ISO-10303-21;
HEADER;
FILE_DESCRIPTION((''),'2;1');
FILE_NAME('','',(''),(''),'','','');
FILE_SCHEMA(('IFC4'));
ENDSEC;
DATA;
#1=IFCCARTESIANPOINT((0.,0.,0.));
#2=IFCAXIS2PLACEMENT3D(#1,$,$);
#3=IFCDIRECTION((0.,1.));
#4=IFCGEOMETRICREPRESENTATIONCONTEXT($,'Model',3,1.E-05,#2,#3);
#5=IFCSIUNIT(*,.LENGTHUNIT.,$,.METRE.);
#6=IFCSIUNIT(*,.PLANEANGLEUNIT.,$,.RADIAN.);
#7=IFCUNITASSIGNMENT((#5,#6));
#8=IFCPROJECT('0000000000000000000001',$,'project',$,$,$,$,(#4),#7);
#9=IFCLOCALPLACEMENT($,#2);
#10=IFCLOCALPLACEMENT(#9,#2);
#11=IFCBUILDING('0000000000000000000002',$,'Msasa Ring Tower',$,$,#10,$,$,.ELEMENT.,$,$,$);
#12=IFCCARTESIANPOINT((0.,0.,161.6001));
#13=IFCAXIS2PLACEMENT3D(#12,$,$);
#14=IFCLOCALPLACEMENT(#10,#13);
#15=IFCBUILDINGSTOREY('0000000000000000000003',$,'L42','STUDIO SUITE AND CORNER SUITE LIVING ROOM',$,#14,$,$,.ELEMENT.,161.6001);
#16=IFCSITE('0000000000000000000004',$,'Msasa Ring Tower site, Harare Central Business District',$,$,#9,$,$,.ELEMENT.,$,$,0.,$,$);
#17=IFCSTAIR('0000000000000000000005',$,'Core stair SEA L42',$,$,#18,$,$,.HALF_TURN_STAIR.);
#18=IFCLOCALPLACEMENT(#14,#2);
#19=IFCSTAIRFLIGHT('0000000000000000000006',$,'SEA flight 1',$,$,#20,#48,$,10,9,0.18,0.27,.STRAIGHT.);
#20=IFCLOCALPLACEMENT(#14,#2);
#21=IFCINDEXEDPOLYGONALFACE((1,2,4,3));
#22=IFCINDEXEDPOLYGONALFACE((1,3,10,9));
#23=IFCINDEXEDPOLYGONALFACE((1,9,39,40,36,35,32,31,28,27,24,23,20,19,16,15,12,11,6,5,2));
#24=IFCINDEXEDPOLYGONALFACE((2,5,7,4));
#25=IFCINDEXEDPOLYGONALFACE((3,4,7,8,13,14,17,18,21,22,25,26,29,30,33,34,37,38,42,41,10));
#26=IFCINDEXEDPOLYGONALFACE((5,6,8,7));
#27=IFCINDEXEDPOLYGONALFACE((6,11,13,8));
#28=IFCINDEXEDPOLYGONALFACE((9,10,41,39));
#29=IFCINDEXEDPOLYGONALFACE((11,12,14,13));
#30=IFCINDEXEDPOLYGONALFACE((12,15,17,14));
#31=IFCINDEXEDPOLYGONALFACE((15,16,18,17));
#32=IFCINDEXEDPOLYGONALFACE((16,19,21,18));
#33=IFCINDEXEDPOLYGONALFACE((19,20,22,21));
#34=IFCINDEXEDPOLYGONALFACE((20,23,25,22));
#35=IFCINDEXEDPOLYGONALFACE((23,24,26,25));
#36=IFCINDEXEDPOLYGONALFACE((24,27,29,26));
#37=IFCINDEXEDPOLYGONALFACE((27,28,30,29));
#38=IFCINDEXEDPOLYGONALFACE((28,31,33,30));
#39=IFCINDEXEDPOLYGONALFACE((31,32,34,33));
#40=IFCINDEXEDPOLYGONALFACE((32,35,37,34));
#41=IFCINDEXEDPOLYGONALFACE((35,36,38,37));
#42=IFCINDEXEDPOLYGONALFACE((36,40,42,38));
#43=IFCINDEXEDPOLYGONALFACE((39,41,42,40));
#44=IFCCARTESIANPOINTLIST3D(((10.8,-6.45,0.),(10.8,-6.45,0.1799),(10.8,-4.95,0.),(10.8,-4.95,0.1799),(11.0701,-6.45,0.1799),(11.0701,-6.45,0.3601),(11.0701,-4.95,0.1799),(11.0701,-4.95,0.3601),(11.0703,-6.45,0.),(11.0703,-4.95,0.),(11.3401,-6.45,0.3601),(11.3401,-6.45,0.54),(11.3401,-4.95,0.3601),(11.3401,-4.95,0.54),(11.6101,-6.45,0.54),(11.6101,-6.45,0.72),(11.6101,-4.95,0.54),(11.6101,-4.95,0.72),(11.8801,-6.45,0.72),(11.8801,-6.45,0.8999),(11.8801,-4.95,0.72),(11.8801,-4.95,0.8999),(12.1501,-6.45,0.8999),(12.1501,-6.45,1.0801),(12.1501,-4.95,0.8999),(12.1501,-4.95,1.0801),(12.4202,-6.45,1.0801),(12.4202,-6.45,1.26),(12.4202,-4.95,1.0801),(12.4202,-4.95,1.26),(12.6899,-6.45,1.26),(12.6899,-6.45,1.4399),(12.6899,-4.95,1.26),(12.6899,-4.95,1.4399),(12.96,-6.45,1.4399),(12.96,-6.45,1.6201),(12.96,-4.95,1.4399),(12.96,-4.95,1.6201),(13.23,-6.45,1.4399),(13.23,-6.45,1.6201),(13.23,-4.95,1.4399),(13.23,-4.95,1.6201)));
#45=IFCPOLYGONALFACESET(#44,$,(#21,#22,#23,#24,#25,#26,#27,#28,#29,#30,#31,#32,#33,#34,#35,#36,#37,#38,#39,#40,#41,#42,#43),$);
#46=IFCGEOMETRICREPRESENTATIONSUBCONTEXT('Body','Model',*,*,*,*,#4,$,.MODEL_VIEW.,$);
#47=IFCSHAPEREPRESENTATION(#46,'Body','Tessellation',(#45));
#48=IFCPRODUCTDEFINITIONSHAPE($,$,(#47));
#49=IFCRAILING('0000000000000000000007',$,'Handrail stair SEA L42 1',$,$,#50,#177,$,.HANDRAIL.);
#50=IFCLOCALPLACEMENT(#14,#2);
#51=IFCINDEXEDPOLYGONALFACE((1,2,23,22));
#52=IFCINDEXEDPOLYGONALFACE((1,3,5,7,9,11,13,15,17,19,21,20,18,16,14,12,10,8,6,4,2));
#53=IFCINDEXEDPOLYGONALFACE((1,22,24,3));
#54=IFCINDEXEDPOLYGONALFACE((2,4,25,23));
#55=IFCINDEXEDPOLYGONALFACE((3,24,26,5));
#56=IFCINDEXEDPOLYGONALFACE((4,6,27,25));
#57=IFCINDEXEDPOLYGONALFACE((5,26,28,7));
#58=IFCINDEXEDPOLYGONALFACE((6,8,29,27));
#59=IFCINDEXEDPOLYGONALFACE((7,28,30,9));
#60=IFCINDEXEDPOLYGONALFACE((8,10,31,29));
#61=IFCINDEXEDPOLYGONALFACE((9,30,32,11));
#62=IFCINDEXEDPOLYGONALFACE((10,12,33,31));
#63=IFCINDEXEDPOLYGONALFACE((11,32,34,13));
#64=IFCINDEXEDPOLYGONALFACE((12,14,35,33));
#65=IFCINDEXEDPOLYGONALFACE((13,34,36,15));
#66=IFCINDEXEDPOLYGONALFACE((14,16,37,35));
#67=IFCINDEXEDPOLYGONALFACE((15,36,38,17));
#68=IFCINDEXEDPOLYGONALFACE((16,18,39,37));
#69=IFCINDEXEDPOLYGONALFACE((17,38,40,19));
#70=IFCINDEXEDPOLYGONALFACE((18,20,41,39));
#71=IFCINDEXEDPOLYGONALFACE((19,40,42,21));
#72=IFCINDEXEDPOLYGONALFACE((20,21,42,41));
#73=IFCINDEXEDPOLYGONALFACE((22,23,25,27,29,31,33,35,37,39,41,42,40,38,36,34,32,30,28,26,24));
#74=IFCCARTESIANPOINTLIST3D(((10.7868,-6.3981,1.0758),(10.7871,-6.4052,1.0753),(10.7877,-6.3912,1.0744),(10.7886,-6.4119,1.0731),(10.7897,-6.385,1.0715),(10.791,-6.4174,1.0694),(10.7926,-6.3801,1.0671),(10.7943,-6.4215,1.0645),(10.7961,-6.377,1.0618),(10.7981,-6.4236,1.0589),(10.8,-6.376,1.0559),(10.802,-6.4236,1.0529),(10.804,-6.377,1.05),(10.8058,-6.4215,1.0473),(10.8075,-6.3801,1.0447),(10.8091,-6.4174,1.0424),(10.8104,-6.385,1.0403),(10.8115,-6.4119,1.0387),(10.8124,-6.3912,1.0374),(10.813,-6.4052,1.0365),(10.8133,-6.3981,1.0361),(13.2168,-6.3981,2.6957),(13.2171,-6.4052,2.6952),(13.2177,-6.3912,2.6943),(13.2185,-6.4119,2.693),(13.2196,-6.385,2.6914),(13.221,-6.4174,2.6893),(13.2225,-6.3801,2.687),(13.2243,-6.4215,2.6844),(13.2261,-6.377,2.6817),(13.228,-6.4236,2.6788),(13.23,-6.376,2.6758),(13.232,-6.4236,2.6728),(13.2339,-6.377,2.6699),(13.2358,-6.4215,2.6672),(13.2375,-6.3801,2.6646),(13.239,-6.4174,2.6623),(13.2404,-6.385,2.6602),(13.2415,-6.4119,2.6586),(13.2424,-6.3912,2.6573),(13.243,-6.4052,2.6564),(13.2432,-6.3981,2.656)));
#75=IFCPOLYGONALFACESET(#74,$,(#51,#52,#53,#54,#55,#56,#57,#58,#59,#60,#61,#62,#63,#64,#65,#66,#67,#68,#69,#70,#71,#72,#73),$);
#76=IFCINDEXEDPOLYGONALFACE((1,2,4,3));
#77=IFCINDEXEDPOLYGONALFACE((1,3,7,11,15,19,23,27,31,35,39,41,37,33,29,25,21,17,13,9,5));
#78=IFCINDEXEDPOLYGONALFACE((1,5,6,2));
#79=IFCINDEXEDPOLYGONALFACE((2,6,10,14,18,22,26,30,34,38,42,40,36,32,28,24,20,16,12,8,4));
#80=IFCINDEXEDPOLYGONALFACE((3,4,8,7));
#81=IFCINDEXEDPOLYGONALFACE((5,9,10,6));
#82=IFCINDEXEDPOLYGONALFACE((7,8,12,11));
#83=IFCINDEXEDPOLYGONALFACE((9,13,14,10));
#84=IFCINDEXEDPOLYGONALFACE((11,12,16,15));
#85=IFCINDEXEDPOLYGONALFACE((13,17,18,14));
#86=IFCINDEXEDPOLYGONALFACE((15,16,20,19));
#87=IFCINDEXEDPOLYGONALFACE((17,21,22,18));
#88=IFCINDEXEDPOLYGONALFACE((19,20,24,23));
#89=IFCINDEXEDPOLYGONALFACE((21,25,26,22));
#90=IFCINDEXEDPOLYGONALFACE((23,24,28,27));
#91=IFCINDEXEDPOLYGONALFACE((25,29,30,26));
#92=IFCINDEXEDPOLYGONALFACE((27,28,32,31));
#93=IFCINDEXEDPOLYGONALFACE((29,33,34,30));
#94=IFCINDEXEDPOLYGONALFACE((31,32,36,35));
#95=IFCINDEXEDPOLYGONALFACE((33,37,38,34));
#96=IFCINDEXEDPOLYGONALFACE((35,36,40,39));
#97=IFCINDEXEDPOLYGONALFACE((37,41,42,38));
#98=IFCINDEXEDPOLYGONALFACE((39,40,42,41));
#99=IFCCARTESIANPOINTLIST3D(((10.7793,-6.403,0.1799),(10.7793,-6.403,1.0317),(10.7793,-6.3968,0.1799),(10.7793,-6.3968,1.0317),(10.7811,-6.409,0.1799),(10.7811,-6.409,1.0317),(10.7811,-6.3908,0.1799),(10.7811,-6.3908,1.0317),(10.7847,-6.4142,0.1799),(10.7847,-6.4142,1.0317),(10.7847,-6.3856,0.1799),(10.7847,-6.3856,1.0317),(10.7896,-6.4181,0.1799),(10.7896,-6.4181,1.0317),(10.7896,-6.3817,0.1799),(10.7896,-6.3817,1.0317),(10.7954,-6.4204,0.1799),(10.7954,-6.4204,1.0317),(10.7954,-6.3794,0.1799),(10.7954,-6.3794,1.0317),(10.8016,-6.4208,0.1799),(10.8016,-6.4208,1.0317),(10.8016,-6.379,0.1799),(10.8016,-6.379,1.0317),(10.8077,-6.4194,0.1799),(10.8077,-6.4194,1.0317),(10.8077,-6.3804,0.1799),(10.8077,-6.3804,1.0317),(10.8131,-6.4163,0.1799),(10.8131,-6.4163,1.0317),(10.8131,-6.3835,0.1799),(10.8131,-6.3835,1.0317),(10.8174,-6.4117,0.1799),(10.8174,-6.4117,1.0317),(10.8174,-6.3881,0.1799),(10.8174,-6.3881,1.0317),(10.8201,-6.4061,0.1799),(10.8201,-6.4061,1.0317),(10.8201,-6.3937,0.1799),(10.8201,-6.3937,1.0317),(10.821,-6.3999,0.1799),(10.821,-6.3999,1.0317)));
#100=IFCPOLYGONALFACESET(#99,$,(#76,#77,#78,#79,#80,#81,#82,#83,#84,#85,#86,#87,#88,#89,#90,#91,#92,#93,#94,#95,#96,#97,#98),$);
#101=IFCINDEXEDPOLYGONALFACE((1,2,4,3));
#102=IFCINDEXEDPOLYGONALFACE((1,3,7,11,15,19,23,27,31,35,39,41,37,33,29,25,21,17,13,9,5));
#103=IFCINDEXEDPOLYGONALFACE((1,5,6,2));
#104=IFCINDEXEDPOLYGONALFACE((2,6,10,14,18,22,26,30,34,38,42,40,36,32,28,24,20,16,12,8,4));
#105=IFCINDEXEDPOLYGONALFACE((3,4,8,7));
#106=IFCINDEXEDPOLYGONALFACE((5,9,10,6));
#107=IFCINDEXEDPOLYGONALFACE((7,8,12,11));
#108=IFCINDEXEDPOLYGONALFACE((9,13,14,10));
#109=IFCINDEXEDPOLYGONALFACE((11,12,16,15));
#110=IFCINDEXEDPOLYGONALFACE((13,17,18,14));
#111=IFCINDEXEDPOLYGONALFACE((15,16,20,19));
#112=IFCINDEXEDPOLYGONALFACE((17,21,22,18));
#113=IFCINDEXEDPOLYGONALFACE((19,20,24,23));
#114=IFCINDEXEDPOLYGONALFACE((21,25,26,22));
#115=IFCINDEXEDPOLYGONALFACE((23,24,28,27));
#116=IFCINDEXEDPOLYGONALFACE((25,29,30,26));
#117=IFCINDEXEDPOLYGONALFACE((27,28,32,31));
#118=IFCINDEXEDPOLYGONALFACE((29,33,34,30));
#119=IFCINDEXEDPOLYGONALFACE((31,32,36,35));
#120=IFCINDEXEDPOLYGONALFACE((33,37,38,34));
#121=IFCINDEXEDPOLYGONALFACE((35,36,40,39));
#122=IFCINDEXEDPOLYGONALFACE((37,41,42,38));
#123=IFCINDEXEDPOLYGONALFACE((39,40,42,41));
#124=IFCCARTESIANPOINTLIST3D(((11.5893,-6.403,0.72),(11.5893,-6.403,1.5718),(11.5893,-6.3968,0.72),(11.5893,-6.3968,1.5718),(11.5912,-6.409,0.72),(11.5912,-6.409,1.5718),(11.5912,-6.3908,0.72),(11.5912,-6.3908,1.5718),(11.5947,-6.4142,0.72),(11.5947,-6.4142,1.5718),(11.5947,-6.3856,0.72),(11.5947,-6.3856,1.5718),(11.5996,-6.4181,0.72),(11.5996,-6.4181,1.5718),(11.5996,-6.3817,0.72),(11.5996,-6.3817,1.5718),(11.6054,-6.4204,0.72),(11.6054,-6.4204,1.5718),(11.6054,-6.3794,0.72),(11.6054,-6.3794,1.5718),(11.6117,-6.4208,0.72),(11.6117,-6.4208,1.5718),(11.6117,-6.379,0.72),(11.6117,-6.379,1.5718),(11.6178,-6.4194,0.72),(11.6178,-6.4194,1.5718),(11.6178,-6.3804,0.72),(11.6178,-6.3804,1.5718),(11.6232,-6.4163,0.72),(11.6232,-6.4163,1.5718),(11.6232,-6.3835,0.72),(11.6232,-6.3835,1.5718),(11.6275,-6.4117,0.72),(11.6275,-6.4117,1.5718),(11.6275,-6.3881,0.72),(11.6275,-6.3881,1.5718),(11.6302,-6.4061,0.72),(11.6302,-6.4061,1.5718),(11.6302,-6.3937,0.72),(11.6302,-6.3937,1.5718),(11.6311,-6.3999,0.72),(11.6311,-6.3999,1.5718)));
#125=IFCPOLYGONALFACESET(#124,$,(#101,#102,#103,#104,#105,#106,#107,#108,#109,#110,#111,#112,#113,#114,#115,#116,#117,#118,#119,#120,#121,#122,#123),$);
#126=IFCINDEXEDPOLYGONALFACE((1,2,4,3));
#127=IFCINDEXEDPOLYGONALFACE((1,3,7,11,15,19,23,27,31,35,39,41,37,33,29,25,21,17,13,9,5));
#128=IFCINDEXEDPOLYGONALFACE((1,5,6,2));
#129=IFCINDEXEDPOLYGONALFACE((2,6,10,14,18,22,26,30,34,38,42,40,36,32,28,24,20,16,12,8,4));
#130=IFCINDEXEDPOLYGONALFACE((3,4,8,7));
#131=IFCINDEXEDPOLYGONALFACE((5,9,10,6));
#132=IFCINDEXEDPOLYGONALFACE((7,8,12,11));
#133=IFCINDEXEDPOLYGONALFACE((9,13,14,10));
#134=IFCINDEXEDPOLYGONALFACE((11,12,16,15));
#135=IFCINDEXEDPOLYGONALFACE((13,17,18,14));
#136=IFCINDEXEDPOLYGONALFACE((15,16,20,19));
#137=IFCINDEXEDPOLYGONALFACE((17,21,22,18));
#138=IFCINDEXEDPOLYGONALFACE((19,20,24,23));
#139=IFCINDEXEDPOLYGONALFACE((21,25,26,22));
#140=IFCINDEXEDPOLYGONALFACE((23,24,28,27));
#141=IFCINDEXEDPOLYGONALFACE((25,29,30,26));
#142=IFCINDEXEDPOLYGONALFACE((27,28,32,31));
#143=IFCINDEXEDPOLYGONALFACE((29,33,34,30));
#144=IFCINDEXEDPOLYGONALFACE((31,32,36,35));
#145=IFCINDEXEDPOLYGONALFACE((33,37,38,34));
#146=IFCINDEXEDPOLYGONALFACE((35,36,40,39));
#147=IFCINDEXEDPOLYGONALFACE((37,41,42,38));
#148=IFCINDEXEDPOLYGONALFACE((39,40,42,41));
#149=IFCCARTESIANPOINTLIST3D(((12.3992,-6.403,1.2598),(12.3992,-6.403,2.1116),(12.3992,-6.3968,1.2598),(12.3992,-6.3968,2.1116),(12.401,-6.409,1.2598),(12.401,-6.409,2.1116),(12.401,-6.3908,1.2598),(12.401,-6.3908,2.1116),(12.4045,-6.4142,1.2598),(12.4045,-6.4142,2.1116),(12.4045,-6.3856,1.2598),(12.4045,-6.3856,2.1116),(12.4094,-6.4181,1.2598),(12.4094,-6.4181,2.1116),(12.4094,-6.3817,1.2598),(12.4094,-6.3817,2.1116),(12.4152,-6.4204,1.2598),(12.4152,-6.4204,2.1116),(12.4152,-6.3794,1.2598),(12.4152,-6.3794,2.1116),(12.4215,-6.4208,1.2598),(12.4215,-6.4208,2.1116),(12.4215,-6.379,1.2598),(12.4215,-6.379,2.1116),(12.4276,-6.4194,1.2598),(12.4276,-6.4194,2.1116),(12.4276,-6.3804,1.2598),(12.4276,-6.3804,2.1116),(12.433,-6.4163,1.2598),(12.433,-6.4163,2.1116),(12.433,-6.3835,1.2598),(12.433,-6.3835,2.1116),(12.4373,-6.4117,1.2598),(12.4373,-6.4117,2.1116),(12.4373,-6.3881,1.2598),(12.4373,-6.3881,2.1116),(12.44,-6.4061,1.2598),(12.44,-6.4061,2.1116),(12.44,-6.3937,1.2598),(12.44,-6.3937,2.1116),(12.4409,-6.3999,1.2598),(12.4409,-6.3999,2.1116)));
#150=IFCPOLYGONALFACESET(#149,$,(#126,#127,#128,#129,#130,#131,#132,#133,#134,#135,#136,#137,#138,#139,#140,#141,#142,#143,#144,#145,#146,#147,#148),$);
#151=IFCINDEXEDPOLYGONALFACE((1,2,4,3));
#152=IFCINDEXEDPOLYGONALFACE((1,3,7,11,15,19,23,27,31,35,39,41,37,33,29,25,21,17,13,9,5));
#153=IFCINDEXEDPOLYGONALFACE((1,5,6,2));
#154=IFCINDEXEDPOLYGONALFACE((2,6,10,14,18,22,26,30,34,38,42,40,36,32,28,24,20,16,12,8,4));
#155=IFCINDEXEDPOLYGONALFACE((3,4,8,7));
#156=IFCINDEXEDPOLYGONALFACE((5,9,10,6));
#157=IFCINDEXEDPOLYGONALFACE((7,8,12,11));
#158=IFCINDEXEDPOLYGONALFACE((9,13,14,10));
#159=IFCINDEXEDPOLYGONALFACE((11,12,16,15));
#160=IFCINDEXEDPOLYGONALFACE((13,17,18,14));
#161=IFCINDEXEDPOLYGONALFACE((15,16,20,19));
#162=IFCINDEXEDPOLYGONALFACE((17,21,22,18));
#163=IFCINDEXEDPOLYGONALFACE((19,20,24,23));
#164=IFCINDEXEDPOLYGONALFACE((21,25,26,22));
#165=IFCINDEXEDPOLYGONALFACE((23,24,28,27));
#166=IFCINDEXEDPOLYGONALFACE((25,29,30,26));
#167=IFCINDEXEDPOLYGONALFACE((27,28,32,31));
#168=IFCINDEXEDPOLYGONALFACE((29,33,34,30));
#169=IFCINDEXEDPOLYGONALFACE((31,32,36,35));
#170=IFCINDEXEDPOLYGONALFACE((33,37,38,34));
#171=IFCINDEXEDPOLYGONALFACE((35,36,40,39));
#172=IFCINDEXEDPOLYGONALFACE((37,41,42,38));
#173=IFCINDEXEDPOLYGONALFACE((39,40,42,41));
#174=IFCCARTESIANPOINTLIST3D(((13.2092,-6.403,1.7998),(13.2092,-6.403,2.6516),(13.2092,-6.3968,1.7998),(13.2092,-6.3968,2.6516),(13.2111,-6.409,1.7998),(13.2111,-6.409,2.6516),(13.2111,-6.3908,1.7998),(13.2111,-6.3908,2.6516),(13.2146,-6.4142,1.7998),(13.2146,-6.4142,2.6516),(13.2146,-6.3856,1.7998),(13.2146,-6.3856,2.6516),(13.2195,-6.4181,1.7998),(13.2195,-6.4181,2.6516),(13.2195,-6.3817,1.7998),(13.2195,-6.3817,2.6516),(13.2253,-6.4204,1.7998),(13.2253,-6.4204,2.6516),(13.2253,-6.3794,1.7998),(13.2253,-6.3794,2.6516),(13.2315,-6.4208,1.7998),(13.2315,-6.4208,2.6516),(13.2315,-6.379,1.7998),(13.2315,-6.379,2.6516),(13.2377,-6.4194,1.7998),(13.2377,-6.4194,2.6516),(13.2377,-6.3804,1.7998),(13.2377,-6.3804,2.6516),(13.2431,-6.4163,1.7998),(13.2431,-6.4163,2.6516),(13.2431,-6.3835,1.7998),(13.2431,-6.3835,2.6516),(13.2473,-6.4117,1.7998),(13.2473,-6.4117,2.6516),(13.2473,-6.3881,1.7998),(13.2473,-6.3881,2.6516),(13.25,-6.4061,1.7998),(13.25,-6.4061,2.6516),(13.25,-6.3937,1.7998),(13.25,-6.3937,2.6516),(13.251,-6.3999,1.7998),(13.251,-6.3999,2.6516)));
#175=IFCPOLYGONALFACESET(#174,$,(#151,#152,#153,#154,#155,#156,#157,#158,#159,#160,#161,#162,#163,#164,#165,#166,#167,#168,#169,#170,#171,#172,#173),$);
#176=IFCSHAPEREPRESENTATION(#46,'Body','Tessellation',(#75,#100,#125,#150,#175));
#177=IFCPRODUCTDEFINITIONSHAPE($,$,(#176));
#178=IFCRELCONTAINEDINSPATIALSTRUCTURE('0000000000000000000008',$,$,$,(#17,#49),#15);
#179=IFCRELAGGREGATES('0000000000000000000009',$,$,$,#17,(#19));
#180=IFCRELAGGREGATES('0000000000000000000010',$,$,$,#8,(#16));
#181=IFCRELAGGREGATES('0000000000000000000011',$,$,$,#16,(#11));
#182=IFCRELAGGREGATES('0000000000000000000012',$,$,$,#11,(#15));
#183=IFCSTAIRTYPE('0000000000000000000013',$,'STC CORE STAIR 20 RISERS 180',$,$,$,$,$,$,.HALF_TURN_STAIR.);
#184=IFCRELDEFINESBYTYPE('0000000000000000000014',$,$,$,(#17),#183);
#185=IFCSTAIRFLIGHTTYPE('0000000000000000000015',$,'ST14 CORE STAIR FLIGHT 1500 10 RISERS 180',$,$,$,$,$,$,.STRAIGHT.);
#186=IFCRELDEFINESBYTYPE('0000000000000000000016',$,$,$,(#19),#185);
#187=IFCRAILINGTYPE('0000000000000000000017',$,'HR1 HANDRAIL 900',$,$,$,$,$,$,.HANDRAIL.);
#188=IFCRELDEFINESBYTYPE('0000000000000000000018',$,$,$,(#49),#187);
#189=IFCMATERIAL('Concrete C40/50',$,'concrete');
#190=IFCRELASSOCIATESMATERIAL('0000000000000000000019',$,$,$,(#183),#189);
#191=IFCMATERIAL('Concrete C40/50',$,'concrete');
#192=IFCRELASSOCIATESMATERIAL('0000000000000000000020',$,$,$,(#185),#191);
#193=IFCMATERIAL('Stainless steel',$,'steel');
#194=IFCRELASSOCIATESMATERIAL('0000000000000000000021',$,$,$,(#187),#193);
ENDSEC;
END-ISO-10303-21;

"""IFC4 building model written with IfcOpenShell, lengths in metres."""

from ifc_helpers import new_model, si_unit, direction, frame, origin, origin_2d, place, context, subcontext, project, spatial, polyline, circle, outline, extrude, material, type_object, element, aggregate, save


model = new_model("IFC4")

# Units and contexts
model_context = context("Model", 3, precision=1e-05, world=origin(), true_north=direction((0.0, 1.0)))
body_context = subcontext(model_context, "Body", "Model", "MODEL_VIEW")
ifc_project = project(units=[si_unit("LENGTHUNIT", "METRE"), si_unit("PLANEANGLEUNIT", "RADIAN")], contexts=[model_context])

# Site, building, storey
site_placement = place(None, origin())
site = spatial("IfcSite", under=ifc_project, at=site_placement, Name="Msasa Ring Tower site, Harare Central Business District", CompositionType="ELEMENT", RefElevation=0.0)
building_placement = place(site_placement, origin())
building = spatial("IfcBuilding", under=site, at=building_placement, Name="Msasa Ring Tower", CompositionType="ELEMENT")
storey_placement = place(building_placement, frame((0.0, 0.0, 161.6001)))
storey = spatial("IfcBuildingStorey", under=building, at=storey_placement, Name="L42", Description="STUDIO SUITE AND CORNER SUITE LIVING ROOM", CompositionType="ELEMENT", Elevation=161.6001)

# Stair
ifc_material_1 = material(Name="Concrete C40/50", Category="concrete")
stair_type = type_object("IfcStairType", Name="STC CORE STAIR 20 RISERS 180", PredefinedType="HALF_TURN_STAIR", material=ifc_material_1)
stair_1_placement = place(storey_placement, origin())
stair_1 = element("IfcStair", 1, at=stair_1_placement, inside=storey, type_object=stair_type, Name="Core stair SEA L42", PredefinedType="HALF_TURN_STAIR")

# Stair flight
ifc_material_2 = material(Name="Concrete C40/50", Category="concrete")
stair_flight_type = type_object("IfcStairFlightType", Name="ST14 CORE STAIR FLIGHT 1500 10 RISERS 180", PredefinedType="STRAIGHT", material=ifc_material_2)
stair_flight_placement = place(storey_placement, frame((10.8, -5.7, 0.0), z_axis=(0.0, 0.0, 1.0), x_axis=(1.0, 0.0, 0.0)))
stair_flight = element("IfcStairFlight", 2, at=stair_flight_placement, type_object=stair_flight_type, Name="SEA flight 1", NumberOfRisers=10, NumberOfTreads=9, PredefinedType="STRAIGHT", RiserHeight=0.18, TreadLength=0.27, context=body_context, shape_type="SweptSolid", body=[
    extrude(outline(polyline([(0.0, 0.0), (0.0, 0.1799), (0.27, 0.1799), (0.27, 0.3601), (0.54, 0.3601), (0.54, 0.54), (0.8101, 0.54), (0.8101, 0.72), (1.0801, 0.72), (1.0801, 0.8999), (1.3501, 0.8999), (1.3501, 1.0801), (1.6201, 1.0801), (1.6201, 1.26), (1.8899, 1.26), (1.8899, 1.4399), (2.1599, 1.4399), (2.1599, 1.6201), (2.4299, 1.6201), (2.4299, 1.8), (2.4299, 1.4399), (0.2703, 0.0), (0.0, 0.0)])), frame((0.0, 0.75, 0.0), z_axis=(0.0, -1.0, 0.0), x_axis=(1.0, 0.0, 0.0)), (0.0, 0.0, 1.0), 1.5),
])
aggregate(stair_1, [stair_flight])

# Railing
ifc_material_3 = material(Name="Stainless steel", Category="steel")
railing_type = type_object("IfcRailingType", Name="HR1 HANDRAIL 900", PredefinedType="HANDRAIL", material=ifc_material_3)
for number, where, name in (
    (3, (10.8, -6.3999, 0.1799), "Handrail stair SEA L42 1"),
):
    element("IfcRailing", number, at=place(storey_placement, frame(where)), inside=storey, type_object=railing_type, Name=name, PredefinedType="HANDRAIL", context=body_context, shape_type="SweptSolid", body=[
        extrude(circle(Radius=0.0239, at=origin_2d()), frame((0.0, 0.0, 0.876), z_axis=(0.832063, 0.0, 0.554681), x_axis=(0.0, 1.0, 0.0)), (0.0, 0.0, 1.0), 2.9204),
        extrude(circle(Radius=0.021, at=origin_2d()), origin(), (0.0, 0.0, 1.0), 0.8518),
        extrude(circle(Radius=0.021, at=origin_2d()), frame((0.8101, 0.0, 0.54)), (0.0, 0.0, 1.0), 0.8518),
        extrude(circle(Radius=0.021, at=origin_2d()), frame((1.6199, 0.0, 1.0798)), (0.0, 0.0, 1.0), 0.8518),
        extrude(circle(Radius=0.021, at=origin_2d()), frame((2.4299, 0.0, 1.6199)), (0.0, 0.0, 1.0), 0.8518),
    ])

save(model, "model.ifc")
